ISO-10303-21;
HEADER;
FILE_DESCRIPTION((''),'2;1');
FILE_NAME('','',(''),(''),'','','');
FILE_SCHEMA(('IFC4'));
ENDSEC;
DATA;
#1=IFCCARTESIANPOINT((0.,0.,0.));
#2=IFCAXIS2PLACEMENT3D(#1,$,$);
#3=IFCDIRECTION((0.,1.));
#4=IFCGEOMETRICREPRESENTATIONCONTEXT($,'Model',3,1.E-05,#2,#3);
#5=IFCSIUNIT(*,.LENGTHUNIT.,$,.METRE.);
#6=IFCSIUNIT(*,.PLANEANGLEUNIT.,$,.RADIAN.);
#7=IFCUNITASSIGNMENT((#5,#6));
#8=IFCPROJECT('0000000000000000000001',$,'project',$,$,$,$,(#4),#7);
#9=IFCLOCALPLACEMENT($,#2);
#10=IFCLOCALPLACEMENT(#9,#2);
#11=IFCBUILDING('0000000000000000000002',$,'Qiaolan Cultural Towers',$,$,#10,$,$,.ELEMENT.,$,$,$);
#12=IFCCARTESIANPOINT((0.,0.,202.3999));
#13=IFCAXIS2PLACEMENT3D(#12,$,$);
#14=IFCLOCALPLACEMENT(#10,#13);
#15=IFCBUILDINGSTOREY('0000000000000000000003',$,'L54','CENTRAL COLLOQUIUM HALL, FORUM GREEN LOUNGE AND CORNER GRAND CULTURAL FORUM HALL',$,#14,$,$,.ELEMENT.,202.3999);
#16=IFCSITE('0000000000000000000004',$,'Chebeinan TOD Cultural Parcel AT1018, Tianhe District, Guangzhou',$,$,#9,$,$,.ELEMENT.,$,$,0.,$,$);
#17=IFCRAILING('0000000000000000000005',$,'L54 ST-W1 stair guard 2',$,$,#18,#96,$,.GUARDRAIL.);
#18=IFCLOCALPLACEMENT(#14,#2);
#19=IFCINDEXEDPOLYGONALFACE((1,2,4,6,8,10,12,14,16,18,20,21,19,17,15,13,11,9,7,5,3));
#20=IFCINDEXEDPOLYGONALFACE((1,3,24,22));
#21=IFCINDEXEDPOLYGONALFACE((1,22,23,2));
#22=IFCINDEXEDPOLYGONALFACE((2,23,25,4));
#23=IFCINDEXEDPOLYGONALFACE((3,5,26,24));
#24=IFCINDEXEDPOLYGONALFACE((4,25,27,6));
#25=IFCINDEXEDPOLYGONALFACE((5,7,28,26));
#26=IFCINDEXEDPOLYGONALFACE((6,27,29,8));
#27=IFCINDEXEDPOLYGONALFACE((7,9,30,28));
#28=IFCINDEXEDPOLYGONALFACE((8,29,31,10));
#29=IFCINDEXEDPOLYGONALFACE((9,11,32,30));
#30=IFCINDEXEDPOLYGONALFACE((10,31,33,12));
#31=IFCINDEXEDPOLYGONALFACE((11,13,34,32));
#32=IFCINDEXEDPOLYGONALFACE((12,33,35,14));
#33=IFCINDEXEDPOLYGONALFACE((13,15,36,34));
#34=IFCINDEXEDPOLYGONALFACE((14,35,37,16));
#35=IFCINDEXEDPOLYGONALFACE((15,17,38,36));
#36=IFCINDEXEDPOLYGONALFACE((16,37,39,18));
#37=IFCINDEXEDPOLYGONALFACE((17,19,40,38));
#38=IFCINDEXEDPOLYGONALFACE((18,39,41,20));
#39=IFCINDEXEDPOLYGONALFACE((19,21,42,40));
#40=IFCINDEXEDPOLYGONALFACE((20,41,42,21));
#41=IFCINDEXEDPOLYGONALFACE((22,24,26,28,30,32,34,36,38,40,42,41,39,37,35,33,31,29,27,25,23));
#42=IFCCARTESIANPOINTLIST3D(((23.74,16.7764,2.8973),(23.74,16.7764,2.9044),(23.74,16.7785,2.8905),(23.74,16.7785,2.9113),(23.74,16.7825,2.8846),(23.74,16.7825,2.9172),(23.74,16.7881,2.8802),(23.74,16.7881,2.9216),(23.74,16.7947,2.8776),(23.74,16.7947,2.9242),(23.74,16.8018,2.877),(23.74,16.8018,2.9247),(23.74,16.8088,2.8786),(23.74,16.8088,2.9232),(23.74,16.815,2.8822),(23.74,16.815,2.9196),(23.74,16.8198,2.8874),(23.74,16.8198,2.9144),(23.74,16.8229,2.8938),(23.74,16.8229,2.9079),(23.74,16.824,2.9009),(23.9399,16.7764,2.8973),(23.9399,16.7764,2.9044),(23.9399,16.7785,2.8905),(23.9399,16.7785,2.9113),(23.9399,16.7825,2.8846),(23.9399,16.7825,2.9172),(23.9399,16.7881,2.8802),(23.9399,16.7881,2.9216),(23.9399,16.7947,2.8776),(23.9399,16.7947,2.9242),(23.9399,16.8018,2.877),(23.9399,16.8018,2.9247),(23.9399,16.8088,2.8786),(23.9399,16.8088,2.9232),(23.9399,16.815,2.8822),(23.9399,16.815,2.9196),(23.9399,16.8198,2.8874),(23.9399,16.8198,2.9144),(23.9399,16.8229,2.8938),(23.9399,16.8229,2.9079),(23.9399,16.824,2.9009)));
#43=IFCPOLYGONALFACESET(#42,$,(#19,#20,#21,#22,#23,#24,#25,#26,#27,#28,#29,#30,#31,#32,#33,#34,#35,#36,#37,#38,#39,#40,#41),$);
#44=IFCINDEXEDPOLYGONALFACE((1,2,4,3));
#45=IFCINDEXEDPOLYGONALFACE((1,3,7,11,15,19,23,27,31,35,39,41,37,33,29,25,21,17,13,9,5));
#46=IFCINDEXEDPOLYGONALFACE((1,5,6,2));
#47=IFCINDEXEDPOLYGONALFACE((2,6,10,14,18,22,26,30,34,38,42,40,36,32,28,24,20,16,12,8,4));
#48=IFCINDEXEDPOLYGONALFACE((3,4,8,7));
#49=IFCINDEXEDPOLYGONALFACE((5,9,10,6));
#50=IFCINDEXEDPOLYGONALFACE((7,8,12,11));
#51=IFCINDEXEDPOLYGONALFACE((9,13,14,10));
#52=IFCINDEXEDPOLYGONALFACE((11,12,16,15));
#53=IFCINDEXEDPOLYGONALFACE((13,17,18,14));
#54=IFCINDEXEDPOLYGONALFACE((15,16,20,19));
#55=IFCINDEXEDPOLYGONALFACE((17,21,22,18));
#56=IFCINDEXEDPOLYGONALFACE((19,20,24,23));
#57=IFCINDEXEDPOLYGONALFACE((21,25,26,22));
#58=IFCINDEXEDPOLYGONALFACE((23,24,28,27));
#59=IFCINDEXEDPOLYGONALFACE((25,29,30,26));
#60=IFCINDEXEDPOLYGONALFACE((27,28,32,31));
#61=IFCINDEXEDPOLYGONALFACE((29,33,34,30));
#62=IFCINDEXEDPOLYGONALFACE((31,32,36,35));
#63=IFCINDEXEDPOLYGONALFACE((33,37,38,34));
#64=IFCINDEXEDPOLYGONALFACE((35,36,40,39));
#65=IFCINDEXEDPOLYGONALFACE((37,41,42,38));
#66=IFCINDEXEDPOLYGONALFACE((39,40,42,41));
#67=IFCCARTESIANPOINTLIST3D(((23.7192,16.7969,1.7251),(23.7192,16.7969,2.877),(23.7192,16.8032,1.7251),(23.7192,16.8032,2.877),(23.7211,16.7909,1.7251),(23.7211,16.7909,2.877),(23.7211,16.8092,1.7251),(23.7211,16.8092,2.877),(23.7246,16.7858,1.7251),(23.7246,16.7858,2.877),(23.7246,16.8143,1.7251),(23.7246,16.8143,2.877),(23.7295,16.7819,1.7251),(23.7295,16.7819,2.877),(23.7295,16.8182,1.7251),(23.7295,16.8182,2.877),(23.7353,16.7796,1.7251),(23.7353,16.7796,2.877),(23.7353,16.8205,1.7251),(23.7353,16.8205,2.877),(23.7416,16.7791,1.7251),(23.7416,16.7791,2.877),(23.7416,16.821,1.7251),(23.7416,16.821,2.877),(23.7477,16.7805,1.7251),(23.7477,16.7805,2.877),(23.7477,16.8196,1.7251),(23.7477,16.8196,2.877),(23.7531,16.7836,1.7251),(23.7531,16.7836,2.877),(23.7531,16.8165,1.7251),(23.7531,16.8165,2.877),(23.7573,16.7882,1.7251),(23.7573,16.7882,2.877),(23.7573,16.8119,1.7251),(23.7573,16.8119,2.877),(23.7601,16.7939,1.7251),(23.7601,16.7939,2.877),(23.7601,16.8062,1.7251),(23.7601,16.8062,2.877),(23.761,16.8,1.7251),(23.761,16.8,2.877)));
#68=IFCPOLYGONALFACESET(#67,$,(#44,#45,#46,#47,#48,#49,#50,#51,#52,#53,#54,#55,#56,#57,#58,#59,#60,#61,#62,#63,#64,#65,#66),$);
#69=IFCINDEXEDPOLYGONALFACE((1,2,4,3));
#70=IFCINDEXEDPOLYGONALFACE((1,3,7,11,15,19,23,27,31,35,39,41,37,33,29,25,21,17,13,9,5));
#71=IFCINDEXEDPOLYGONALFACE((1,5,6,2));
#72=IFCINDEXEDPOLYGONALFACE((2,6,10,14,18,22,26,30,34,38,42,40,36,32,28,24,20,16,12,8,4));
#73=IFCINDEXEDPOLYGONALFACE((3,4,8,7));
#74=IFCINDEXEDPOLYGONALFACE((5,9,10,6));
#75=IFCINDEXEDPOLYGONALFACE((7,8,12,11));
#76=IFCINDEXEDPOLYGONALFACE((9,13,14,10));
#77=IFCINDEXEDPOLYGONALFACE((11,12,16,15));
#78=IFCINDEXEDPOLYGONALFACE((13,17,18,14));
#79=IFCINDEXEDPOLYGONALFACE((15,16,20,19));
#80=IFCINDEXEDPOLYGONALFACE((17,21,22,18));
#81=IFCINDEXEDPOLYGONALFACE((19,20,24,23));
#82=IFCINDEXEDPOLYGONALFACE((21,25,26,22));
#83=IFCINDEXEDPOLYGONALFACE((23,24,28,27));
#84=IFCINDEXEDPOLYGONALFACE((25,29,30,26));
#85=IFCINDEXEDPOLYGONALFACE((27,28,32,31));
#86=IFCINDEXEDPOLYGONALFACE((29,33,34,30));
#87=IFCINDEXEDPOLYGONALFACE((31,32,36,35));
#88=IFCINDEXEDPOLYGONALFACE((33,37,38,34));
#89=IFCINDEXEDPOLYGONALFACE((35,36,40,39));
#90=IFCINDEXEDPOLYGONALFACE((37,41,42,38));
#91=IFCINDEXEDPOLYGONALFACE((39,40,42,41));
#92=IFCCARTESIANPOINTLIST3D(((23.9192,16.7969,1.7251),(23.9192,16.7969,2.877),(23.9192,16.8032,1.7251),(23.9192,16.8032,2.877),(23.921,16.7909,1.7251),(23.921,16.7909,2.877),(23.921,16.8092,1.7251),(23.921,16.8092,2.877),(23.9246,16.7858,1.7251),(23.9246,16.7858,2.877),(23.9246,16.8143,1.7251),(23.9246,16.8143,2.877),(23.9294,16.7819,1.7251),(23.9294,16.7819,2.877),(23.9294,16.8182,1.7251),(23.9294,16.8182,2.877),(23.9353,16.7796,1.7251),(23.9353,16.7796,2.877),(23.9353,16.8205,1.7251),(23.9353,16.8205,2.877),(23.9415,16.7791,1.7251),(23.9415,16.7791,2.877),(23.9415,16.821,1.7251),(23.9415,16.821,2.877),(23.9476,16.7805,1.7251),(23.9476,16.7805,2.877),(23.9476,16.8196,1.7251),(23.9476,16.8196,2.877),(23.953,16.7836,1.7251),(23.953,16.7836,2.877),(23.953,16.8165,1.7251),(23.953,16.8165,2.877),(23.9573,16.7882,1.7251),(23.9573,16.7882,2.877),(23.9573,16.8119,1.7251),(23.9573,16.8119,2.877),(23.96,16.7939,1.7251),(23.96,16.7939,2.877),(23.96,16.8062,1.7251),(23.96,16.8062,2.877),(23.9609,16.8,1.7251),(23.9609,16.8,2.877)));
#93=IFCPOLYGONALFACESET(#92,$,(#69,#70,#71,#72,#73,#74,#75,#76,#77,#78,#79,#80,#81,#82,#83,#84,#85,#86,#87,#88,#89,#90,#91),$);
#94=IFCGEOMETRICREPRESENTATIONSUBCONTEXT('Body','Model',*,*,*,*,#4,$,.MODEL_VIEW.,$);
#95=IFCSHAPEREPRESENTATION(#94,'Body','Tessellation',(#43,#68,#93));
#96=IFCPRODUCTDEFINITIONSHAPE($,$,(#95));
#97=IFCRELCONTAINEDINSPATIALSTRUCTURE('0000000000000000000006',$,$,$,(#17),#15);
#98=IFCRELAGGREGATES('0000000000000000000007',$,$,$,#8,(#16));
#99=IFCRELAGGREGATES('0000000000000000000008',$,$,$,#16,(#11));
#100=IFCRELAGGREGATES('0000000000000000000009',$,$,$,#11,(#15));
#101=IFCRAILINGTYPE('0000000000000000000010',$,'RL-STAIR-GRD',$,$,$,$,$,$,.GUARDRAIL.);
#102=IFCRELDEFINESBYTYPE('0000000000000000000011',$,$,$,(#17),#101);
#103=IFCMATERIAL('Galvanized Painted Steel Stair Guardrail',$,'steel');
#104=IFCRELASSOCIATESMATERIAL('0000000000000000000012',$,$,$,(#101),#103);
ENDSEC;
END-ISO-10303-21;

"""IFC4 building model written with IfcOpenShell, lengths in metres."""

from ifc_helpers import new_model, si_unit, direction, frame, origin, origin_2d, place, context, subcontext, project, spatial, circle, extrude, material, type_object, element, save


model = new_model("IFC4")

# Units and contexts
model_context = context("Model", 3, precision=1e-05, world=origin(), true_north=direction((0.0, 1.0)))
body_context = subcontext(model_context, "Body", "Model", "MODEL_VIEW")
ifc_project = project(units=[si_unit("LENGTHUNIT", "METRE"), si_unit("PLANEANGLEUNIT", "RADIAN")], contexts=[model_context])

# Site, building, storey
site_placement = place(None, origin())
site = spatial("IfcSite", under=ifc_project, at=site_placement, Name="Chebeinan TOD Cultural Parcel AT1018, Tianhe District, Guangzhou", CompositionType="ELEMENT", RefElevation=0.0)
building_placement = place(site_placement, origin())
building = spatial("IfcBuilding", under=site, at=building_placement, Name="Qiaolan Cultural Towers", CompositionType="ELEMENT")
storey_placement = place(building_placement, frame((0.0, 0.0, 202.3999)))
storey = spatial("IfcBuildingStorey", under=building, at=storey_placement, Name="L54", Description="CENTRAL COLLOQUIUM HALL, FORUM GREEN LOUNGE AND CORNER GRAND CULTURAL FORUM HALL", CompositionType="ELEMENT", Elevation=202.3999)

# Railing
ifc_material_1 = material(Name="Galvanized Painted Steel Stair Guardrail", Category="steel")
railing_type_1 = type_object("IfcRailingType", Name="RL-STAIR-GRD", PredefinedType="GUARDRAIL", material=ifc_material_1)
railing_1_placement = place(storey_placement, frame((23.74, 16.8, 1.7251)))
element("IfcRailing", 1, at=railing_1_placement, inside=storey, type_object=railing_type_1, Name="L54 ST-W1 stair guard 2", PredefinedType="GUARDRAIL", context=body_context, shape_type="SweptSolid", body=[
    extrude(circle(Radius=0.0239, at=origin_2d()), frame((0.0, 0.0, 1.1758), z_axis=(1.0, 0.0, 0.0), x_axis=(0.0, 1.0, 0.0)), (0.0, 0.0, 1.0), 0.2),
    extrude(circle(Radius=0.021, at=origin_2d()), origin(), (0.0, 0.0, 1.0), 1.1519),
    extrude(circle(Radius=0.021, at=origin_2d()), frame((0.2, 0.0, 0.0)), (0.0, 0.0, 1.0), 1.1519),
])

save(model, "model.ifc")
